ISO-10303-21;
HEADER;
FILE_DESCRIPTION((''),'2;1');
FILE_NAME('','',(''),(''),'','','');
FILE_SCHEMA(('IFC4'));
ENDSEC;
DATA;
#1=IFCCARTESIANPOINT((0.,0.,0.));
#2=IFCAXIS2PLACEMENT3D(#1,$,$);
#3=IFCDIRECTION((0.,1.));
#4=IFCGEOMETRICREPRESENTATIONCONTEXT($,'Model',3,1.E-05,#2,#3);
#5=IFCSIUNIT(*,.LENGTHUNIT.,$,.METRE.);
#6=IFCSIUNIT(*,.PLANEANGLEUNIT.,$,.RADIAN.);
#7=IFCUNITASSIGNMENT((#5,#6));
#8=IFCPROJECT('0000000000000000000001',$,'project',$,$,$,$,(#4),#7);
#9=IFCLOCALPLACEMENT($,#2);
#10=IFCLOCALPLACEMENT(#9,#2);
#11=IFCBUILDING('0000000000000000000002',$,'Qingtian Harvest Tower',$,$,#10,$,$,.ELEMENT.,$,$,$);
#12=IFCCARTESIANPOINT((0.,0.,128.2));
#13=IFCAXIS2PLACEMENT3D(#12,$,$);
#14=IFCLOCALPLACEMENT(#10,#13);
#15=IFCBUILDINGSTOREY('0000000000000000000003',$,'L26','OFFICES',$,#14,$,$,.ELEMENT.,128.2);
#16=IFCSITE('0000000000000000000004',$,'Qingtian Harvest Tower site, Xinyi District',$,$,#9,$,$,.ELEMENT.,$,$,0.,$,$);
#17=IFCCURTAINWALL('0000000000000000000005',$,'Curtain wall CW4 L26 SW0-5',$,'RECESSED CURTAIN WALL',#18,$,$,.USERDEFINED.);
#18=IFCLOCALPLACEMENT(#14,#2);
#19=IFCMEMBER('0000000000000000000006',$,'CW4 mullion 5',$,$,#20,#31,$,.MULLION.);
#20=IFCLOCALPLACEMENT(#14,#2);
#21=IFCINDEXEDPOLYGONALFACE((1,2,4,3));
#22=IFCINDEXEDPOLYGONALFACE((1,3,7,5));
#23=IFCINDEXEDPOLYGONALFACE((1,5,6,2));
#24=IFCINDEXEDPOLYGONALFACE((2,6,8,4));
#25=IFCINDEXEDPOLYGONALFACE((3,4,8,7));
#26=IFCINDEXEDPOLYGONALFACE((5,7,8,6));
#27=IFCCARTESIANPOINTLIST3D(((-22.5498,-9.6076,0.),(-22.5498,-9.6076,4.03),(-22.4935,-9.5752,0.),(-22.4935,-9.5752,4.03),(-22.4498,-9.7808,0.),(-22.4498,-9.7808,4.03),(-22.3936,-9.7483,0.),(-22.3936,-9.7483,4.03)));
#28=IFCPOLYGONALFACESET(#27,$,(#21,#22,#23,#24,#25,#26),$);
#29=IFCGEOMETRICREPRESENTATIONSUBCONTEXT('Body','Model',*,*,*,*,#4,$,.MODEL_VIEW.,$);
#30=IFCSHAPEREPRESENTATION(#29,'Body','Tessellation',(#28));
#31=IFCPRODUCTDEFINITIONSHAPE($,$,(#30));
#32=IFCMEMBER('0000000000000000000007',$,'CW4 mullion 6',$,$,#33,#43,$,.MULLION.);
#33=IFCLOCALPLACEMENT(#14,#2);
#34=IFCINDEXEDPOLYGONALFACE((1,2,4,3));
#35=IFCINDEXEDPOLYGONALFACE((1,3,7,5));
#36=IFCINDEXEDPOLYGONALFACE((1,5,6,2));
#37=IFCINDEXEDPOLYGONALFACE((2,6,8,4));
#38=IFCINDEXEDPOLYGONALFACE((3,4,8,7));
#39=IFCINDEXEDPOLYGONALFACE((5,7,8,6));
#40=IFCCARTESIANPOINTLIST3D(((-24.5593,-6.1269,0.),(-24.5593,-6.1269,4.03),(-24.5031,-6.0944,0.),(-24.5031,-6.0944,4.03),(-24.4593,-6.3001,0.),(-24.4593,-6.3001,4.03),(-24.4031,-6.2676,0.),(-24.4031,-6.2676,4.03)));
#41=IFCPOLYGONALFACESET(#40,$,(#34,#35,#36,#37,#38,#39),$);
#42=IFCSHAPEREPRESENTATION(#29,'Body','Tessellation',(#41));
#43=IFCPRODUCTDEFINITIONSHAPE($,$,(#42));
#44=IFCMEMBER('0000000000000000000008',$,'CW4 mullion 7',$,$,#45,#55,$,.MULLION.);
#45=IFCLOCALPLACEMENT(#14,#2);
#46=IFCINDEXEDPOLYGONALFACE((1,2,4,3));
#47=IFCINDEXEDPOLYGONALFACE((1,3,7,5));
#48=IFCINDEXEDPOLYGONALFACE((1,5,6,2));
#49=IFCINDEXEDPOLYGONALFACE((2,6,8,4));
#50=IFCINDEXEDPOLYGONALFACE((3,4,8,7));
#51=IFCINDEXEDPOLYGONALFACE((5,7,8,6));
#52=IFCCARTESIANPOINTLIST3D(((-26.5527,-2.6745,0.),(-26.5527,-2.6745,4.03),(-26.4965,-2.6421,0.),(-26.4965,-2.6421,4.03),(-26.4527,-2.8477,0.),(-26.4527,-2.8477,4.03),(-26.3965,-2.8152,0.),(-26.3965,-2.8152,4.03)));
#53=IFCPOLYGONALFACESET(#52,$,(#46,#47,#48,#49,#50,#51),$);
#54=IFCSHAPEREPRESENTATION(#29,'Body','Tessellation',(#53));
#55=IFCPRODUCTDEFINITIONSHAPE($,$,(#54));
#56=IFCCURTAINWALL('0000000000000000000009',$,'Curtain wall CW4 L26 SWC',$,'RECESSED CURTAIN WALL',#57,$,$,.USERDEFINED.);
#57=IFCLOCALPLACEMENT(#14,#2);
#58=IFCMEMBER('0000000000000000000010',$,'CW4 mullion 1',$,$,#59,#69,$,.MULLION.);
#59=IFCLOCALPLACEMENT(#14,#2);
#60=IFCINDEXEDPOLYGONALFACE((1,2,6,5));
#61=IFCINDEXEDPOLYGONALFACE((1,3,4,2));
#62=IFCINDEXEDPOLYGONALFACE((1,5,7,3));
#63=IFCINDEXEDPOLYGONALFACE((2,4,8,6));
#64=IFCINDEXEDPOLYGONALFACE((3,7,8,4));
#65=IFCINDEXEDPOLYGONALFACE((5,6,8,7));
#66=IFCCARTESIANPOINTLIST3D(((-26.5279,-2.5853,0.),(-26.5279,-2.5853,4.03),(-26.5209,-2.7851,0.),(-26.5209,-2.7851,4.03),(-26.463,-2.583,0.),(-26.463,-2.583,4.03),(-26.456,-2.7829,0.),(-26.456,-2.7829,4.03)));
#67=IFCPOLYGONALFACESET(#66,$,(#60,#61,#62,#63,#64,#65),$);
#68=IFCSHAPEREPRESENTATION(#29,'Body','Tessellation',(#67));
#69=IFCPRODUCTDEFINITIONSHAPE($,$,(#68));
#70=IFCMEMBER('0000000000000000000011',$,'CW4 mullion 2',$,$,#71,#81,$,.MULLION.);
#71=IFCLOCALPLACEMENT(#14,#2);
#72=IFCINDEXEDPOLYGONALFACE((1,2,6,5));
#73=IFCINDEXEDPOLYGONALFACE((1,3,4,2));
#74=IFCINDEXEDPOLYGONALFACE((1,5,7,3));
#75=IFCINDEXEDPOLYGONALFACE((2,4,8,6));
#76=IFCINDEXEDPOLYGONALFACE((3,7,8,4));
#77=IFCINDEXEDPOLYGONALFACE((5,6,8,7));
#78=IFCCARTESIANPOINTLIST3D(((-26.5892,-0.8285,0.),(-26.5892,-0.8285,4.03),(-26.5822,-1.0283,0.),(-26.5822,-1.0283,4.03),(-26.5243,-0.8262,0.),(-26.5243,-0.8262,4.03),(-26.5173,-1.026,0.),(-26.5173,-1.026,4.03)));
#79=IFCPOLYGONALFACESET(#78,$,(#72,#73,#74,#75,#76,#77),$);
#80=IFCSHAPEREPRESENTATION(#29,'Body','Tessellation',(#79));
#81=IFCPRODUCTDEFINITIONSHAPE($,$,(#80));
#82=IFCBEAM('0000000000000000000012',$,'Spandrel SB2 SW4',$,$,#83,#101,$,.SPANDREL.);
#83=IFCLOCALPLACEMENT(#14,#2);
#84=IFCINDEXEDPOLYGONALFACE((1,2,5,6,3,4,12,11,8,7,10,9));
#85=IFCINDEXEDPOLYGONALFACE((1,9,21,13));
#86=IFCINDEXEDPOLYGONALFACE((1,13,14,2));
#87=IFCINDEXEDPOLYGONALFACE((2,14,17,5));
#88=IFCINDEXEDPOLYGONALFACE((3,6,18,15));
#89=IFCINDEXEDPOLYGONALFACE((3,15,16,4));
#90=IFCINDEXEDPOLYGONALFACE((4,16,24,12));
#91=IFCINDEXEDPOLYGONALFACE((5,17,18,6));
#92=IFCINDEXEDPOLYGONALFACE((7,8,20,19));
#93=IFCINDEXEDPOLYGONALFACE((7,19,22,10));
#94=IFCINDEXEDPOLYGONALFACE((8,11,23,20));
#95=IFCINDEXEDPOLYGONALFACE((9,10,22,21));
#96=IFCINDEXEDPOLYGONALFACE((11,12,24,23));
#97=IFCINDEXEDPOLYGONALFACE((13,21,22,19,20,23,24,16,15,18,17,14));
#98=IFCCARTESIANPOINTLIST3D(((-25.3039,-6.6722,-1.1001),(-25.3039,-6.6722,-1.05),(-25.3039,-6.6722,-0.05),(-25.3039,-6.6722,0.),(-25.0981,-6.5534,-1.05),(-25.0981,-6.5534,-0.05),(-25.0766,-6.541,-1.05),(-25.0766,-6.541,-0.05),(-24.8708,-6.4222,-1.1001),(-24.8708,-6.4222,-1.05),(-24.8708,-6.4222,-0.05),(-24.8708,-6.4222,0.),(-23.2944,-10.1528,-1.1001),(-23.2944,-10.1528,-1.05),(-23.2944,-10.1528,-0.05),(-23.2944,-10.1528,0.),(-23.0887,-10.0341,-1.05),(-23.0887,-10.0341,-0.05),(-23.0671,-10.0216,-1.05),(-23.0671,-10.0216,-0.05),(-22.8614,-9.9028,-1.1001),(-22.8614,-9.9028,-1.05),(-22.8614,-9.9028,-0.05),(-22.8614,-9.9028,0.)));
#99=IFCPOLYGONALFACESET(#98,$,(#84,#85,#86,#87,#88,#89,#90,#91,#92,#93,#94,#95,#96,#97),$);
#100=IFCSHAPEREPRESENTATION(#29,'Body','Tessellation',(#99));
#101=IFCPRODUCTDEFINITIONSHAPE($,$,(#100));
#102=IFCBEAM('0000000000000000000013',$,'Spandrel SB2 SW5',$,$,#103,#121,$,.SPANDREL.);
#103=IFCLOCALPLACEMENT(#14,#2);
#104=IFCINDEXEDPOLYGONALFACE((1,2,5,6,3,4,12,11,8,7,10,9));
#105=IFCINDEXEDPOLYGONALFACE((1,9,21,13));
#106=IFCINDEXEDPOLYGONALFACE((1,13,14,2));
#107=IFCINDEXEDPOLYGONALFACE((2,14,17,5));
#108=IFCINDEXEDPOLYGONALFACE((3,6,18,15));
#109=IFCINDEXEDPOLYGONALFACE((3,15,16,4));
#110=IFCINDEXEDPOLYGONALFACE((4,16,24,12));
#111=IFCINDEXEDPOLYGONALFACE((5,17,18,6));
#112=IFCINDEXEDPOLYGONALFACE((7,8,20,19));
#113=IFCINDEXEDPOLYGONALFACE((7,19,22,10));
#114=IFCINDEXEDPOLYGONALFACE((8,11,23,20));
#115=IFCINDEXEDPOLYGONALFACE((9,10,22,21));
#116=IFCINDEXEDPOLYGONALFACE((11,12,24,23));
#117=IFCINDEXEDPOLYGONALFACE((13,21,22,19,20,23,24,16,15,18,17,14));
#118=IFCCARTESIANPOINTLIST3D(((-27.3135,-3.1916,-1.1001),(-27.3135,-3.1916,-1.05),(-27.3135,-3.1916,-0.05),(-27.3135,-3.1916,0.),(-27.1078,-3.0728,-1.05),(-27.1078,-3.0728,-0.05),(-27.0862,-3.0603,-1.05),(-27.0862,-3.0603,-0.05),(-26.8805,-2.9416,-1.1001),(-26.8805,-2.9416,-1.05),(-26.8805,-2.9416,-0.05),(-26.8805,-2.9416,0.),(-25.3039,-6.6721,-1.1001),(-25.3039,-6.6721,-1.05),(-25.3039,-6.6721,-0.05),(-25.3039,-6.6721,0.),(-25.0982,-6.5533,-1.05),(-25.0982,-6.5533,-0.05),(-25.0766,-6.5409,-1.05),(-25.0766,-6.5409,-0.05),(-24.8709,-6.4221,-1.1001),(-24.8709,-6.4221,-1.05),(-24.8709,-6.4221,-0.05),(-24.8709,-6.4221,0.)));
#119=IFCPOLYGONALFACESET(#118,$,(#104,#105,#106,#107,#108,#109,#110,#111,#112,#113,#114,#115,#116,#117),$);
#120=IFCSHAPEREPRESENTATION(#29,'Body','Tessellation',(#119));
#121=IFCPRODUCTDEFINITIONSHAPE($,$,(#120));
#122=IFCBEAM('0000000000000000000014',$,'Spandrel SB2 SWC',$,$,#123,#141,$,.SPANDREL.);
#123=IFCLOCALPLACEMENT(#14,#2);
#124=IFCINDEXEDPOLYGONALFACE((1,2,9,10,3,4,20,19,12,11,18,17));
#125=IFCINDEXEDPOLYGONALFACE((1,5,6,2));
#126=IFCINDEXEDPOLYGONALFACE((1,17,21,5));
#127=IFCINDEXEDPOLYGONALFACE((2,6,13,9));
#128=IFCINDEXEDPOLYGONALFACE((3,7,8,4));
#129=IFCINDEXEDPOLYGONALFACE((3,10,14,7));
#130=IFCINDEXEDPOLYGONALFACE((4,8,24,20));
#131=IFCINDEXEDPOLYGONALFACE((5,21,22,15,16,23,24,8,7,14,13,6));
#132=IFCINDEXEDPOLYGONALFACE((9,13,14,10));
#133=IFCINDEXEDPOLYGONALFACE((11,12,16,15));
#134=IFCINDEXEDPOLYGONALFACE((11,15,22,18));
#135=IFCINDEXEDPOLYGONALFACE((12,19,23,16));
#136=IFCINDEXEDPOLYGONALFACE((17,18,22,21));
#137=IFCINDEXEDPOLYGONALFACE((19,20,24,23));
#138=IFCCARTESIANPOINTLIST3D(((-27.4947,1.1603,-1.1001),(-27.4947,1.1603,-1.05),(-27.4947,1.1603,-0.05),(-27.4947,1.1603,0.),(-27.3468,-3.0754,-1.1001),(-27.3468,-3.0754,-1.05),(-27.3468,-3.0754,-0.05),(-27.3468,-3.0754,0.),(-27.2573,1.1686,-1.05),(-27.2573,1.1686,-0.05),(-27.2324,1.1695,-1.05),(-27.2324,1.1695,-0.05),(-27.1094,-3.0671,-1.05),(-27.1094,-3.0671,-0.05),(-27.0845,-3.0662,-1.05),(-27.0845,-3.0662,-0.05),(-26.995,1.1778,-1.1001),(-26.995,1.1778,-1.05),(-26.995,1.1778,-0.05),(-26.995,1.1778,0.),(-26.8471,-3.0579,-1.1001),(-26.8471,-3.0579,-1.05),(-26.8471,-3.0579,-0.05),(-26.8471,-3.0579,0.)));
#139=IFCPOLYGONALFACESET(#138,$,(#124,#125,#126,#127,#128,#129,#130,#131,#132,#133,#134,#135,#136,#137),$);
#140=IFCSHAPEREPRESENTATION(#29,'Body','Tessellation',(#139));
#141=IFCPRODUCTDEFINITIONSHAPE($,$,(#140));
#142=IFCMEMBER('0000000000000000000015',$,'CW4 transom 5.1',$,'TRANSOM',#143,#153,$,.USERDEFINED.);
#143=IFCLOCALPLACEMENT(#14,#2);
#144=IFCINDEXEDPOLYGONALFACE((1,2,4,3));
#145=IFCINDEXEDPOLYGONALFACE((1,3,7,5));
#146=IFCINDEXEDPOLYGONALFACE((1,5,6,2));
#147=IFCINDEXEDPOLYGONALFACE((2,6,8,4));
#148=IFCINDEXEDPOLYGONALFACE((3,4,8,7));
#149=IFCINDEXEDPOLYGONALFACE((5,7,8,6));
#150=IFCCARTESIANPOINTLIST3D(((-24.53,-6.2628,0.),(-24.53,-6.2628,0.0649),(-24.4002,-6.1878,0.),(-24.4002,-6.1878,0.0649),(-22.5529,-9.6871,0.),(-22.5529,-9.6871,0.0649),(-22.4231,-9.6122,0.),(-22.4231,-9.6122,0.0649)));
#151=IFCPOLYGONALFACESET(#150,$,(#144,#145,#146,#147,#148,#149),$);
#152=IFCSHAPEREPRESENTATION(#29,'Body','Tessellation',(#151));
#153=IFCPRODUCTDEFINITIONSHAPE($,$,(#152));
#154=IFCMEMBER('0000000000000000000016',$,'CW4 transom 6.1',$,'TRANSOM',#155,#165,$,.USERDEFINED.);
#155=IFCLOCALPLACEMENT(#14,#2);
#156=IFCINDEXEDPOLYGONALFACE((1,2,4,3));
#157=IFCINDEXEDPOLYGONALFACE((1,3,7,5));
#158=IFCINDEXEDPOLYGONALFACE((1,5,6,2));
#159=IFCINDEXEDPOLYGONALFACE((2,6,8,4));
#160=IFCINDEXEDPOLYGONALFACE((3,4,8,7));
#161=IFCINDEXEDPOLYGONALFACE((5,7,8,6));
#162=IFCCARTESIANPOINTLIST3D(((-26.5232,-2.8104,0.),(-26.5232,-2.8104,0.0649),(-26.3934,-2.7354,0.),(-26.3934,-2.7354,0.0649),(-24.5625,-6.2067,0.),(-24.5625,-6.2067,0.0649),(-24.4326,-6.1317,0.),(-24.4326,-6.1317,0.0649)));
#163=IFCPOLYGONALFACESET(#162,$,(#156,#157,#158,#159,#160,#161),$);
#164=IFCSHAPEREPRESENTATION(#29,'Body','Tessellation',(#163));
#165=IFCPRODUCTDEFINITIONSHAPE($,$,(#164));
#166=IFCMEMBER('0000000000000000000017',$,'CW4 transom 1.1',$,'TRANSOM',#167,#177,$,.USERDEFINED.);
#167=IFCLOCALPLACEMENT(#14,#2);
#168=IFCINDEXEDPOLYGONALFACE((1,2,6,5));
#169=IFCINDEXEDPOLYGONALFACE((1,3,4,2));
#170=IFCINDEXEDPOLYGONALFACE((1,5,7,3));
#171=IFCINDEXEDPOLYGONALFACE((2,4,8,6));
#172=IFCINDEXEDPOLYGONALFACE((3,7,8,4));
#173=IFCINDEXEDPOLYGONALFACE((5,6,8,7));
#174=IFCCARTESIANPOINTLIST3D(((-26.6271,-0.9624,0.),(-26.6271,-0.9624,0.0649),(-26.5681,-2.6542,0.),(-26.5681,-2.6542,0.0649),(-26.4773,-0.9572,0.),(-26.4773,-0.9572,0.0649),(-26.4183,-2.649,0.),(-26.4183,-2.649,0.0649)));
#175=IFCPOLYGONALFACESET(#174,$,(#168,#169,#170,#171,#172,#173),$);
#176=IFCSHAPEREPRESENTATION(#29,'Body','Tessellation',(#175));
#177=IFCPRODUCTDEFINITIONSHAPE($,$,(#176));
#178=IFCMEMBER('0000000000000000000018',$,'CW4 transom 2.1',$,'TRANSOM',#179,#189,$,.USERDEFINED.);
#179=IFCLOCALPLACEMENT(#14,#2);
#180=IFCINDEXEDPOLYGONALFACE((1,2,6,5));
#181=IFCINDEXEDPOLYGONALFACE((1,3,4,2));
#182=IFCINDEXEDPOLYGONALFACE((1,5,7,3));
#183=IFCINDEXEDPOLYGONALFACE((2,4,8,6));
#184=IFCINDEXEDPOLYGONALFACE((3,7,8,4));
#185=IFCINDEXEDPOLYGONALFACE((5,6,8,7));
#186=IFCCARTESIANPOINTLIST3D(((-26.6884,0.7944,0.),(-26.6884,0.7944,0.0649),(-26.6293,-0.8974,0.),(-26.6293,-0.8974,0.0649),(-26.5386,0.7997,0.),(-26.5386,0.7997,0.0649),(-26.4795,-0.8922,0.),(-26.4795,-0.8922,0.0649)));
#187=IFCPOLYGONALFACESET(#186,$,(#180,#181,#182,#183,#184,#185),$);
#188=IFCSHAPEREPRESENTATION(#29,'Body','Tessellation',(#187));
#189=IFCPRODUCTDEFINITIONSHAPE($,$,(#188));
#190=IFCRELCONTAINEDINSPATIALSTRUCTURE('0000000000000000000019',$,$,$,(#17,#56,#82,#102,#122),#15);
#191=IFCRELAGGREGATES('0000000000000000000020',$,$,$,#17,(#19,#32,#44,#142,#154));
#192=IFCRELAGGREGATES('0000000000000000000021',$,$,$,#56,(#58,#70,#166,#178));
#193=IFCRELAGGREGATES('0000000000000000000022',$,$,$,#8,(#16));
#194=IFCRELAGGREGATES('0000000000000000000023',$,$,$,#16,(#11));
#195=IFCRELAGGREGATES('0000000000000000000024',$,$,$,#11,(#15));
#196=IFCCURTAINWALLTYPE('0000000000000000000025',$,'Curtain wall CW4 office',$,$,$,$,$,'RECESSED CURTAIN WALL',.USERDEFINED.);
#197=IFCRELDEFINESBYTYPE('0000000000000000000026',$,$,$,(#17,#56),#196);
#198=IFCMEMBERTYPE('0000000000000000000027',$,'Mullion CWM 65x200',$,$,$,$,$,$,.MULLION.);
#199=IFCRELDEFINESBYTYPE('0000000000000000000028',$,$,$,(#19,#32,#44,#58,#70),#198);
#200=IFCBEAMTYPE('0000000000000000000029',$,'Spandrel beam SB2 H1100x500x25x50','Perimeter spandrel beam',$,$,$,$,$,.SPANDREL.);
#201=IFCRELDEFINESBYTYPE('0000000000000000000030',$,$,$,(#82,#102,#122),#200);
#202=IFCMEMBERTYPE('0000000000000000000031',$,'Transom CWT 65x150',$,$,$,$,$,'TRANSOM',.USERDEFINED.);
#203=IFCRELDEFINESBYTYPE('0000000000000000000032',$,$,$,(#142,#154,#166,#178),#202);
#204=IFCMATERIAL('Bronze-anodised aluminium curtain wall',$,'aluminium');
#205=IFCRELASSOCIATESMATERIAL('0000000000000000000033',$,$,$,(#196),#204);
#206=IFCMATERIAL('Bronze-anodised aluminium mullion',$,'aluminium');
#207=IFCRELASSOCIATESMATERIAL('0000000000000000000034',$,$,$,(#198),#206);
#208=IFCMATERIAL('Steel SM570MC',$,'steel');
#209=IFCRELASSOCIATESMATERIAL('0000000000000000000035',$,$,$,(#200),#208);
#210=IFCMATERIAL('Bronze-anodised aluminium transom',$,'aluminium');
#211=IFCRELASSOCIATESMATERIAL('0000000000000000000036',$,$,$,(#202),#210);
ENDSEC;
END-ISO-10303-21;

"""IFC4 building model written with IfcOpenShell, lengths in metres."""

from ifc_helpers import new_model, si_unit, direction, frame, origin, origin_2d, place, context, subcontext, project, spatial, rectangle, i_section, extrude, material, material_profile, profile_set, type_object, element, aggregate, save


model = new_model("IFC4")

# Units and contexts
model_context = context("Model", 3, precision=1e-05, world=origin(), true_north=direction((0.0, 1.0)))
body_context = subcontext(model_context, "Body", "Model", "MODEL_VIEW")
ifc_project = project(units=[si_unit("LENGTHUNIT", "METRE"), si_unit("PLANEANGLEUNIT", "RADIAN")], contexts=[model_context])

# Site, building, storey
site_placement = place(None, origin())
site = spatial("IfcSite", under=ifc_project, at=site_placement, Name="Qingtian Harvest Tower site, Xinyi District", CompositionType="ELEMENT", RefElevation=0.0)
building_placement = place(site_placement, origin())
building = spatial("IfcBuilding", under=site, at=building_placement, Name="Qingtian Harvest Tower", CompositionType="ELEMENT")
storey_placement = place(building_placement, frame((0.0, 0.0, 128.2)))
storey = spatial("IfcBuildingStorey", under=building, at=storey_placement, Name="L26", Description="OFFICES", CompositionType="ELEMENT", Elevation=128.2)

# Curtain walls, members
ifc_material_1 = material(Name="Bronze-anodised aluminium curtain wall", Category="aluminium")
curtain_wall_type = type_object("IfcCurtainWallType", Name="Curtain wall CW4 office", ElementType="RECESSED CURTAIN WALL", PredefinedType="USERDEFINED", material=ifc_material_1)
curtain_wall_1_placement = place(storey_placement, origin())
curtain_wall_1 = element("IfcCurtainWall", 1, at=curtain_wall_1_placement, inside=storey, type_object=curtain_wall_type, Name="Curtain wall CW4 L26 SW0-5", ObjectType="RECESSED CURTAIN WALL", PredefinedType="USERDEFINED")
ifc_material_2 = material(Name="Bronze-anodised aluminium mullion", Category="aluminium")
ifc_material_profile_1 = material_profile(ifc_material_2, rectangle(XDim=0.0649, YDim=0.2, at=origin_2d()), Name="AL 65x200")
ifc_profile_set_1 = profile_set([ifc_material_profile_1], Name="Bronze-anodised aluminium mullion")
member_type_1 = type_object("IfcMemberType", Name="Mullion CWM 65x200", PredefinedType="MULLION", material=ifc_profile_set_1)
member_1_placement = place(storey_placement, frame((-22.4717, -9.678, 0.0), z_axis=(0.0, 0.0, 1.0), x_axis=(-0.866025, -0.5, 0.0)))
member_1 = element("IfcMember", 2, at=member_1_placement, type_object=member_type_1, Name="CW4 mullion 5", PredefinedType="MULLION", context=body_context, shape_type="SweptSolid", body=[
    extrude(rectangle(XDim=0.0649, YDim=0.2, at=origin_2d()), origin(), (0.0, 0.0, 1.0), 4.03),
])
member_2_placement = place(storey_placement, frame((-24.4812, -6.1973, 0.0), z_axis=(0.0, 0.0, 1.0), x_axis=(-0.866025, -0.5, 0.0)))
member_2 = element("IfcMember", 3, at=member_2_placement, type_object=member_type_1, Name="CW4 mullion 6", PredefinedType="MULLION", context=body_context, shape_type="SweptSolid", body=[
    extrude(rectangle(XDim=0.0649, YDim=0.2, at=origin_2d()), origin(), (0.0, 0.0, 1.0), 4.03),
])
member_3_placement = place(storey_placement, frame((-26.4746, -2.7449, 0.0), z_axis=(0.0, 0.0, 1.0), x_axis=(-0.866025, -0.5, 0.0)))
member_3 = element("IfcMember", 4, at=member_3_placement, type_object=member_type_1, Name="CW4 mullion 7", PredefinedType="MULLION", context=body_context, shape_type="SweptSolid", body=[
    extrude(rectangle(XDim=0.0649, YDim=0.2, at=origin_2d()), origin(), (0.0, 0.0, 1.0), 4.03),
])
curtain_wall_2_placement = place(storey_placement, origin())
curtain_wall_2 = element("IfcCurtainWall", 5, at=curtain_wall_2_placement, inside=storey, type_object=curtain_wall_type, Name="Curtain wall CW4 L26 SWC", ObjectType="RECESSED CURTAIN WALL", PredefinedType="USERDEFINED")
member_4_placement = place(storey_placement, frame((-26.4919, -2.6841, 0.0), z_axis=(0.0, 0.0, 1.0), x_axis=(-0.999391, -0.034899, 0.0)))
member_4 = element("IfcMember", 6, at=member_4_placement, type_object=member_type_1, Name="CW4 mullion 1", PredefinedType="MULLION", context=body_context, shape_type="SweptSolid", body=[
    extrude(rectangle(XDim=0.0649, YDim=0.2, at=origin_2d()), origin(), (0.0, 0.0, 1.0), 4.03),
])
member_5_placement = place(storey_placement, frame((-26.5532, -0.9272, 0.0), z_axis=(0.0, 0.0, 1.0), x_axis=(-0.999391, -0.034899, 0.0)))
member_5 = element("IfcMember", 7, at=member_5_placement, type_object=member_type_1, Name="CW4 mullion 2", PredefinedType="MULLION", context=body_context, shape_type="SweptSolid", body=[
    extrude(rectangle(XDim=0.0649, YDim=0.2, at=origin_2d()), origin(), (0.0, 0.0, 1.0), 4.03),
])

# Beams
ifc_material_3 = material(Name="Steel SM570MC", Category="steel")
ifc_material_profile_2 = material_profile(ifc_material_3, i_section(OverallWidth=0.5, OverallDepth=1.1001, WebThickness=0.0249, FlangeThickness=0.05, at=origin_2d()), Name="H1100x500x25x50")
ifc_profile_set_2 = profile_set([ifc_material_profile_2], Name="Steel SM570MC")
beam_type_1 = type_object("IfcBeamType", Name="Spandrel beam SB2 H1100x500x25x50", Description="Perimeter spandrel beam", PredefinedType="SPANDREL", material=ifc_profile_set_2)
for number, where, z_axis, x_axis, name in (
    (8, (-23.0779, -10.0278, -0.55), (-0.499987, 0.866033, 0.0), (-0.866033, -0.499987, 0.0), "Spandrel SB2 SW4"),
    (9, (-25.0874, -6.5471, -0.55), (-0.500013, 0.866018, 0.0), (-0.866018, -0.500013, 0.0), "Spandrel SB2 SW5"),
):
    element("IfcBeam", number, at=place(storey_placement, frame(where, z_axis=z_axis, x_axis=x_axis)), inside=storey, type_object=beam_type_1, Name=name, PredefinedType="SPANDREL", context=body_context, shape_type="SweptSolid", body=[
        extrude(i_section(OverallWidth=0.5, OverallDepth=1.1001, WebThickness=0.0249, FlangeThickness=0.05, at=origin_2d()), origin(), (0.0, 0.0, 1.0), 4.019),
    ])
beam_1_placement = place(storey_placement, frame((-27.0969, -3.0667, -0.55), z_axis=(-0.034909, 0.999391, 0.0), x_axis=(-0.999391, -0.034909, 0.0)))
element("IfcBeam", 10, at=beam_1_placement, inside=storey, type_object=beam_type_1, Name="Spandrel SB2 SWC", PredefinedType="SPANDREL", context=body_context, shape_type="SweptSolid", body=[
    extrude(i_section(OverallWidth=0.5, OverallDepth=1.1001, WebThickness=0.0249, FlangeThickness=0.05, at=origin_2d()), origin(), (0.0, 0.0, 1.0), 4.2383),
])

# Members
ifc_material_4 = material(Name="Bronze-anodised aluminium transom", Category="aluminium")
ifc_material_profile_3 = material_profile(ifc_material_4, rectangle(XDim=0.1499, YDim=0.0649, at=origin_2d()), Name="AL 65x150")
ifc_profile_set_3 = profile_set([ifc_material_profile_3], Name="Bronze-anodised aluminium transom")
member_type_2 = type_object("IfcMemberType", Name="Transom CWT 65x150", ElementType="TRANSOM", PredefinedType="USERDEFINED", material=ifc_profile_set_3)
member_6_placement = place(storey_placement, frame((-22.488, -9.6497, 0.0325), z_axis=(-0.500004, 0.866023, 0.0), x_axis=(-0.866023, -0.500004, 0.0)))
member_6 = element("IfcMember", 11, at=member_6_placement, type_object=member_type_2, Name="CW4 transom 5.1", ObjectType="TRANSOM", PredefinedType="USERDEFINED", context=body_context, shape_type="SweptSolid", body=[
    extrude(rectangle(XDim=0.1499, YDim=0.0649, at=origin_2d()), origin(), (0.0, 0.0, 1.0), 3.9541),
])
member_7_placement = place(storey_placement, frame((-24.4976, -6.1692, 0.0325), z_axis=(-0.499976, 0.866039, 0.0), x_axis=(-0.866039, -0.499976, 0.0)))
member_7 = element("IfcMember", 12, at=member_7_placement, type_object=member_type_2, Name="CW4 transom 6.1", ObjectType="TRANSOM", PredefinedType="USERDEFINED", context=body_context, shape_type="SweptSolid", body=[
    extrude(rectangle(XDim=0.1499, YDim=0.0649, at=origin_2d()), origin(), (0.0, 0.0, 1.0), 3.9216),
])
member_8_placement = place(storey_placement, frame((-26.4932, -2.6516, 0.0325), z_axis=(-0.034899, 0.999391, 0.0), x_axis=(-0.999391, -0.034899, 0.0)))
member_8 = element("IfcMember", 13, at=member_8_placement, type_object=member_type_2, Name="CW4 transom 1.1", ObjectType="TRANSOM", PredefinedType="USERDEFINED", context=body_context, shape_type="SweptSolid", body=[
    extrude(rectangle(XDim=0.1499, YDim=0.0649, at=origin_2d()), origin(), (0.0, 0.0, 1.0), 1.6929),
])
member_9_placement = place(storey_placement, frame((-26.5544, -0.8948, 0.0325), z_axis=(-0.034899, 0.999391, 0.0), x_axis=(-0.999391, -0.034899, 0.0)))
member_9 = element("IfcMember", 14, at=member_9_placement, type_object=member_type_2, Name="CW4 transom 2.1", ObjectType="TRANSOM", PredefinedType="USERDEFINED", context=body_context, shape_type="SweptSolid", body=[
    extrude(rectangle(XDim=0.1499, YDim=0.0649, at=origin_2d()), origin(), (0.0, 0.0, 1.0), 1.6929),
])

aggregate(curtain_wall_1, [member_1, member_2, member_3, member_6, member_7])
aggregate(curtain_wall_2, [member_4, member_5, member_8, member_9])

save(model, "model.ifc")
